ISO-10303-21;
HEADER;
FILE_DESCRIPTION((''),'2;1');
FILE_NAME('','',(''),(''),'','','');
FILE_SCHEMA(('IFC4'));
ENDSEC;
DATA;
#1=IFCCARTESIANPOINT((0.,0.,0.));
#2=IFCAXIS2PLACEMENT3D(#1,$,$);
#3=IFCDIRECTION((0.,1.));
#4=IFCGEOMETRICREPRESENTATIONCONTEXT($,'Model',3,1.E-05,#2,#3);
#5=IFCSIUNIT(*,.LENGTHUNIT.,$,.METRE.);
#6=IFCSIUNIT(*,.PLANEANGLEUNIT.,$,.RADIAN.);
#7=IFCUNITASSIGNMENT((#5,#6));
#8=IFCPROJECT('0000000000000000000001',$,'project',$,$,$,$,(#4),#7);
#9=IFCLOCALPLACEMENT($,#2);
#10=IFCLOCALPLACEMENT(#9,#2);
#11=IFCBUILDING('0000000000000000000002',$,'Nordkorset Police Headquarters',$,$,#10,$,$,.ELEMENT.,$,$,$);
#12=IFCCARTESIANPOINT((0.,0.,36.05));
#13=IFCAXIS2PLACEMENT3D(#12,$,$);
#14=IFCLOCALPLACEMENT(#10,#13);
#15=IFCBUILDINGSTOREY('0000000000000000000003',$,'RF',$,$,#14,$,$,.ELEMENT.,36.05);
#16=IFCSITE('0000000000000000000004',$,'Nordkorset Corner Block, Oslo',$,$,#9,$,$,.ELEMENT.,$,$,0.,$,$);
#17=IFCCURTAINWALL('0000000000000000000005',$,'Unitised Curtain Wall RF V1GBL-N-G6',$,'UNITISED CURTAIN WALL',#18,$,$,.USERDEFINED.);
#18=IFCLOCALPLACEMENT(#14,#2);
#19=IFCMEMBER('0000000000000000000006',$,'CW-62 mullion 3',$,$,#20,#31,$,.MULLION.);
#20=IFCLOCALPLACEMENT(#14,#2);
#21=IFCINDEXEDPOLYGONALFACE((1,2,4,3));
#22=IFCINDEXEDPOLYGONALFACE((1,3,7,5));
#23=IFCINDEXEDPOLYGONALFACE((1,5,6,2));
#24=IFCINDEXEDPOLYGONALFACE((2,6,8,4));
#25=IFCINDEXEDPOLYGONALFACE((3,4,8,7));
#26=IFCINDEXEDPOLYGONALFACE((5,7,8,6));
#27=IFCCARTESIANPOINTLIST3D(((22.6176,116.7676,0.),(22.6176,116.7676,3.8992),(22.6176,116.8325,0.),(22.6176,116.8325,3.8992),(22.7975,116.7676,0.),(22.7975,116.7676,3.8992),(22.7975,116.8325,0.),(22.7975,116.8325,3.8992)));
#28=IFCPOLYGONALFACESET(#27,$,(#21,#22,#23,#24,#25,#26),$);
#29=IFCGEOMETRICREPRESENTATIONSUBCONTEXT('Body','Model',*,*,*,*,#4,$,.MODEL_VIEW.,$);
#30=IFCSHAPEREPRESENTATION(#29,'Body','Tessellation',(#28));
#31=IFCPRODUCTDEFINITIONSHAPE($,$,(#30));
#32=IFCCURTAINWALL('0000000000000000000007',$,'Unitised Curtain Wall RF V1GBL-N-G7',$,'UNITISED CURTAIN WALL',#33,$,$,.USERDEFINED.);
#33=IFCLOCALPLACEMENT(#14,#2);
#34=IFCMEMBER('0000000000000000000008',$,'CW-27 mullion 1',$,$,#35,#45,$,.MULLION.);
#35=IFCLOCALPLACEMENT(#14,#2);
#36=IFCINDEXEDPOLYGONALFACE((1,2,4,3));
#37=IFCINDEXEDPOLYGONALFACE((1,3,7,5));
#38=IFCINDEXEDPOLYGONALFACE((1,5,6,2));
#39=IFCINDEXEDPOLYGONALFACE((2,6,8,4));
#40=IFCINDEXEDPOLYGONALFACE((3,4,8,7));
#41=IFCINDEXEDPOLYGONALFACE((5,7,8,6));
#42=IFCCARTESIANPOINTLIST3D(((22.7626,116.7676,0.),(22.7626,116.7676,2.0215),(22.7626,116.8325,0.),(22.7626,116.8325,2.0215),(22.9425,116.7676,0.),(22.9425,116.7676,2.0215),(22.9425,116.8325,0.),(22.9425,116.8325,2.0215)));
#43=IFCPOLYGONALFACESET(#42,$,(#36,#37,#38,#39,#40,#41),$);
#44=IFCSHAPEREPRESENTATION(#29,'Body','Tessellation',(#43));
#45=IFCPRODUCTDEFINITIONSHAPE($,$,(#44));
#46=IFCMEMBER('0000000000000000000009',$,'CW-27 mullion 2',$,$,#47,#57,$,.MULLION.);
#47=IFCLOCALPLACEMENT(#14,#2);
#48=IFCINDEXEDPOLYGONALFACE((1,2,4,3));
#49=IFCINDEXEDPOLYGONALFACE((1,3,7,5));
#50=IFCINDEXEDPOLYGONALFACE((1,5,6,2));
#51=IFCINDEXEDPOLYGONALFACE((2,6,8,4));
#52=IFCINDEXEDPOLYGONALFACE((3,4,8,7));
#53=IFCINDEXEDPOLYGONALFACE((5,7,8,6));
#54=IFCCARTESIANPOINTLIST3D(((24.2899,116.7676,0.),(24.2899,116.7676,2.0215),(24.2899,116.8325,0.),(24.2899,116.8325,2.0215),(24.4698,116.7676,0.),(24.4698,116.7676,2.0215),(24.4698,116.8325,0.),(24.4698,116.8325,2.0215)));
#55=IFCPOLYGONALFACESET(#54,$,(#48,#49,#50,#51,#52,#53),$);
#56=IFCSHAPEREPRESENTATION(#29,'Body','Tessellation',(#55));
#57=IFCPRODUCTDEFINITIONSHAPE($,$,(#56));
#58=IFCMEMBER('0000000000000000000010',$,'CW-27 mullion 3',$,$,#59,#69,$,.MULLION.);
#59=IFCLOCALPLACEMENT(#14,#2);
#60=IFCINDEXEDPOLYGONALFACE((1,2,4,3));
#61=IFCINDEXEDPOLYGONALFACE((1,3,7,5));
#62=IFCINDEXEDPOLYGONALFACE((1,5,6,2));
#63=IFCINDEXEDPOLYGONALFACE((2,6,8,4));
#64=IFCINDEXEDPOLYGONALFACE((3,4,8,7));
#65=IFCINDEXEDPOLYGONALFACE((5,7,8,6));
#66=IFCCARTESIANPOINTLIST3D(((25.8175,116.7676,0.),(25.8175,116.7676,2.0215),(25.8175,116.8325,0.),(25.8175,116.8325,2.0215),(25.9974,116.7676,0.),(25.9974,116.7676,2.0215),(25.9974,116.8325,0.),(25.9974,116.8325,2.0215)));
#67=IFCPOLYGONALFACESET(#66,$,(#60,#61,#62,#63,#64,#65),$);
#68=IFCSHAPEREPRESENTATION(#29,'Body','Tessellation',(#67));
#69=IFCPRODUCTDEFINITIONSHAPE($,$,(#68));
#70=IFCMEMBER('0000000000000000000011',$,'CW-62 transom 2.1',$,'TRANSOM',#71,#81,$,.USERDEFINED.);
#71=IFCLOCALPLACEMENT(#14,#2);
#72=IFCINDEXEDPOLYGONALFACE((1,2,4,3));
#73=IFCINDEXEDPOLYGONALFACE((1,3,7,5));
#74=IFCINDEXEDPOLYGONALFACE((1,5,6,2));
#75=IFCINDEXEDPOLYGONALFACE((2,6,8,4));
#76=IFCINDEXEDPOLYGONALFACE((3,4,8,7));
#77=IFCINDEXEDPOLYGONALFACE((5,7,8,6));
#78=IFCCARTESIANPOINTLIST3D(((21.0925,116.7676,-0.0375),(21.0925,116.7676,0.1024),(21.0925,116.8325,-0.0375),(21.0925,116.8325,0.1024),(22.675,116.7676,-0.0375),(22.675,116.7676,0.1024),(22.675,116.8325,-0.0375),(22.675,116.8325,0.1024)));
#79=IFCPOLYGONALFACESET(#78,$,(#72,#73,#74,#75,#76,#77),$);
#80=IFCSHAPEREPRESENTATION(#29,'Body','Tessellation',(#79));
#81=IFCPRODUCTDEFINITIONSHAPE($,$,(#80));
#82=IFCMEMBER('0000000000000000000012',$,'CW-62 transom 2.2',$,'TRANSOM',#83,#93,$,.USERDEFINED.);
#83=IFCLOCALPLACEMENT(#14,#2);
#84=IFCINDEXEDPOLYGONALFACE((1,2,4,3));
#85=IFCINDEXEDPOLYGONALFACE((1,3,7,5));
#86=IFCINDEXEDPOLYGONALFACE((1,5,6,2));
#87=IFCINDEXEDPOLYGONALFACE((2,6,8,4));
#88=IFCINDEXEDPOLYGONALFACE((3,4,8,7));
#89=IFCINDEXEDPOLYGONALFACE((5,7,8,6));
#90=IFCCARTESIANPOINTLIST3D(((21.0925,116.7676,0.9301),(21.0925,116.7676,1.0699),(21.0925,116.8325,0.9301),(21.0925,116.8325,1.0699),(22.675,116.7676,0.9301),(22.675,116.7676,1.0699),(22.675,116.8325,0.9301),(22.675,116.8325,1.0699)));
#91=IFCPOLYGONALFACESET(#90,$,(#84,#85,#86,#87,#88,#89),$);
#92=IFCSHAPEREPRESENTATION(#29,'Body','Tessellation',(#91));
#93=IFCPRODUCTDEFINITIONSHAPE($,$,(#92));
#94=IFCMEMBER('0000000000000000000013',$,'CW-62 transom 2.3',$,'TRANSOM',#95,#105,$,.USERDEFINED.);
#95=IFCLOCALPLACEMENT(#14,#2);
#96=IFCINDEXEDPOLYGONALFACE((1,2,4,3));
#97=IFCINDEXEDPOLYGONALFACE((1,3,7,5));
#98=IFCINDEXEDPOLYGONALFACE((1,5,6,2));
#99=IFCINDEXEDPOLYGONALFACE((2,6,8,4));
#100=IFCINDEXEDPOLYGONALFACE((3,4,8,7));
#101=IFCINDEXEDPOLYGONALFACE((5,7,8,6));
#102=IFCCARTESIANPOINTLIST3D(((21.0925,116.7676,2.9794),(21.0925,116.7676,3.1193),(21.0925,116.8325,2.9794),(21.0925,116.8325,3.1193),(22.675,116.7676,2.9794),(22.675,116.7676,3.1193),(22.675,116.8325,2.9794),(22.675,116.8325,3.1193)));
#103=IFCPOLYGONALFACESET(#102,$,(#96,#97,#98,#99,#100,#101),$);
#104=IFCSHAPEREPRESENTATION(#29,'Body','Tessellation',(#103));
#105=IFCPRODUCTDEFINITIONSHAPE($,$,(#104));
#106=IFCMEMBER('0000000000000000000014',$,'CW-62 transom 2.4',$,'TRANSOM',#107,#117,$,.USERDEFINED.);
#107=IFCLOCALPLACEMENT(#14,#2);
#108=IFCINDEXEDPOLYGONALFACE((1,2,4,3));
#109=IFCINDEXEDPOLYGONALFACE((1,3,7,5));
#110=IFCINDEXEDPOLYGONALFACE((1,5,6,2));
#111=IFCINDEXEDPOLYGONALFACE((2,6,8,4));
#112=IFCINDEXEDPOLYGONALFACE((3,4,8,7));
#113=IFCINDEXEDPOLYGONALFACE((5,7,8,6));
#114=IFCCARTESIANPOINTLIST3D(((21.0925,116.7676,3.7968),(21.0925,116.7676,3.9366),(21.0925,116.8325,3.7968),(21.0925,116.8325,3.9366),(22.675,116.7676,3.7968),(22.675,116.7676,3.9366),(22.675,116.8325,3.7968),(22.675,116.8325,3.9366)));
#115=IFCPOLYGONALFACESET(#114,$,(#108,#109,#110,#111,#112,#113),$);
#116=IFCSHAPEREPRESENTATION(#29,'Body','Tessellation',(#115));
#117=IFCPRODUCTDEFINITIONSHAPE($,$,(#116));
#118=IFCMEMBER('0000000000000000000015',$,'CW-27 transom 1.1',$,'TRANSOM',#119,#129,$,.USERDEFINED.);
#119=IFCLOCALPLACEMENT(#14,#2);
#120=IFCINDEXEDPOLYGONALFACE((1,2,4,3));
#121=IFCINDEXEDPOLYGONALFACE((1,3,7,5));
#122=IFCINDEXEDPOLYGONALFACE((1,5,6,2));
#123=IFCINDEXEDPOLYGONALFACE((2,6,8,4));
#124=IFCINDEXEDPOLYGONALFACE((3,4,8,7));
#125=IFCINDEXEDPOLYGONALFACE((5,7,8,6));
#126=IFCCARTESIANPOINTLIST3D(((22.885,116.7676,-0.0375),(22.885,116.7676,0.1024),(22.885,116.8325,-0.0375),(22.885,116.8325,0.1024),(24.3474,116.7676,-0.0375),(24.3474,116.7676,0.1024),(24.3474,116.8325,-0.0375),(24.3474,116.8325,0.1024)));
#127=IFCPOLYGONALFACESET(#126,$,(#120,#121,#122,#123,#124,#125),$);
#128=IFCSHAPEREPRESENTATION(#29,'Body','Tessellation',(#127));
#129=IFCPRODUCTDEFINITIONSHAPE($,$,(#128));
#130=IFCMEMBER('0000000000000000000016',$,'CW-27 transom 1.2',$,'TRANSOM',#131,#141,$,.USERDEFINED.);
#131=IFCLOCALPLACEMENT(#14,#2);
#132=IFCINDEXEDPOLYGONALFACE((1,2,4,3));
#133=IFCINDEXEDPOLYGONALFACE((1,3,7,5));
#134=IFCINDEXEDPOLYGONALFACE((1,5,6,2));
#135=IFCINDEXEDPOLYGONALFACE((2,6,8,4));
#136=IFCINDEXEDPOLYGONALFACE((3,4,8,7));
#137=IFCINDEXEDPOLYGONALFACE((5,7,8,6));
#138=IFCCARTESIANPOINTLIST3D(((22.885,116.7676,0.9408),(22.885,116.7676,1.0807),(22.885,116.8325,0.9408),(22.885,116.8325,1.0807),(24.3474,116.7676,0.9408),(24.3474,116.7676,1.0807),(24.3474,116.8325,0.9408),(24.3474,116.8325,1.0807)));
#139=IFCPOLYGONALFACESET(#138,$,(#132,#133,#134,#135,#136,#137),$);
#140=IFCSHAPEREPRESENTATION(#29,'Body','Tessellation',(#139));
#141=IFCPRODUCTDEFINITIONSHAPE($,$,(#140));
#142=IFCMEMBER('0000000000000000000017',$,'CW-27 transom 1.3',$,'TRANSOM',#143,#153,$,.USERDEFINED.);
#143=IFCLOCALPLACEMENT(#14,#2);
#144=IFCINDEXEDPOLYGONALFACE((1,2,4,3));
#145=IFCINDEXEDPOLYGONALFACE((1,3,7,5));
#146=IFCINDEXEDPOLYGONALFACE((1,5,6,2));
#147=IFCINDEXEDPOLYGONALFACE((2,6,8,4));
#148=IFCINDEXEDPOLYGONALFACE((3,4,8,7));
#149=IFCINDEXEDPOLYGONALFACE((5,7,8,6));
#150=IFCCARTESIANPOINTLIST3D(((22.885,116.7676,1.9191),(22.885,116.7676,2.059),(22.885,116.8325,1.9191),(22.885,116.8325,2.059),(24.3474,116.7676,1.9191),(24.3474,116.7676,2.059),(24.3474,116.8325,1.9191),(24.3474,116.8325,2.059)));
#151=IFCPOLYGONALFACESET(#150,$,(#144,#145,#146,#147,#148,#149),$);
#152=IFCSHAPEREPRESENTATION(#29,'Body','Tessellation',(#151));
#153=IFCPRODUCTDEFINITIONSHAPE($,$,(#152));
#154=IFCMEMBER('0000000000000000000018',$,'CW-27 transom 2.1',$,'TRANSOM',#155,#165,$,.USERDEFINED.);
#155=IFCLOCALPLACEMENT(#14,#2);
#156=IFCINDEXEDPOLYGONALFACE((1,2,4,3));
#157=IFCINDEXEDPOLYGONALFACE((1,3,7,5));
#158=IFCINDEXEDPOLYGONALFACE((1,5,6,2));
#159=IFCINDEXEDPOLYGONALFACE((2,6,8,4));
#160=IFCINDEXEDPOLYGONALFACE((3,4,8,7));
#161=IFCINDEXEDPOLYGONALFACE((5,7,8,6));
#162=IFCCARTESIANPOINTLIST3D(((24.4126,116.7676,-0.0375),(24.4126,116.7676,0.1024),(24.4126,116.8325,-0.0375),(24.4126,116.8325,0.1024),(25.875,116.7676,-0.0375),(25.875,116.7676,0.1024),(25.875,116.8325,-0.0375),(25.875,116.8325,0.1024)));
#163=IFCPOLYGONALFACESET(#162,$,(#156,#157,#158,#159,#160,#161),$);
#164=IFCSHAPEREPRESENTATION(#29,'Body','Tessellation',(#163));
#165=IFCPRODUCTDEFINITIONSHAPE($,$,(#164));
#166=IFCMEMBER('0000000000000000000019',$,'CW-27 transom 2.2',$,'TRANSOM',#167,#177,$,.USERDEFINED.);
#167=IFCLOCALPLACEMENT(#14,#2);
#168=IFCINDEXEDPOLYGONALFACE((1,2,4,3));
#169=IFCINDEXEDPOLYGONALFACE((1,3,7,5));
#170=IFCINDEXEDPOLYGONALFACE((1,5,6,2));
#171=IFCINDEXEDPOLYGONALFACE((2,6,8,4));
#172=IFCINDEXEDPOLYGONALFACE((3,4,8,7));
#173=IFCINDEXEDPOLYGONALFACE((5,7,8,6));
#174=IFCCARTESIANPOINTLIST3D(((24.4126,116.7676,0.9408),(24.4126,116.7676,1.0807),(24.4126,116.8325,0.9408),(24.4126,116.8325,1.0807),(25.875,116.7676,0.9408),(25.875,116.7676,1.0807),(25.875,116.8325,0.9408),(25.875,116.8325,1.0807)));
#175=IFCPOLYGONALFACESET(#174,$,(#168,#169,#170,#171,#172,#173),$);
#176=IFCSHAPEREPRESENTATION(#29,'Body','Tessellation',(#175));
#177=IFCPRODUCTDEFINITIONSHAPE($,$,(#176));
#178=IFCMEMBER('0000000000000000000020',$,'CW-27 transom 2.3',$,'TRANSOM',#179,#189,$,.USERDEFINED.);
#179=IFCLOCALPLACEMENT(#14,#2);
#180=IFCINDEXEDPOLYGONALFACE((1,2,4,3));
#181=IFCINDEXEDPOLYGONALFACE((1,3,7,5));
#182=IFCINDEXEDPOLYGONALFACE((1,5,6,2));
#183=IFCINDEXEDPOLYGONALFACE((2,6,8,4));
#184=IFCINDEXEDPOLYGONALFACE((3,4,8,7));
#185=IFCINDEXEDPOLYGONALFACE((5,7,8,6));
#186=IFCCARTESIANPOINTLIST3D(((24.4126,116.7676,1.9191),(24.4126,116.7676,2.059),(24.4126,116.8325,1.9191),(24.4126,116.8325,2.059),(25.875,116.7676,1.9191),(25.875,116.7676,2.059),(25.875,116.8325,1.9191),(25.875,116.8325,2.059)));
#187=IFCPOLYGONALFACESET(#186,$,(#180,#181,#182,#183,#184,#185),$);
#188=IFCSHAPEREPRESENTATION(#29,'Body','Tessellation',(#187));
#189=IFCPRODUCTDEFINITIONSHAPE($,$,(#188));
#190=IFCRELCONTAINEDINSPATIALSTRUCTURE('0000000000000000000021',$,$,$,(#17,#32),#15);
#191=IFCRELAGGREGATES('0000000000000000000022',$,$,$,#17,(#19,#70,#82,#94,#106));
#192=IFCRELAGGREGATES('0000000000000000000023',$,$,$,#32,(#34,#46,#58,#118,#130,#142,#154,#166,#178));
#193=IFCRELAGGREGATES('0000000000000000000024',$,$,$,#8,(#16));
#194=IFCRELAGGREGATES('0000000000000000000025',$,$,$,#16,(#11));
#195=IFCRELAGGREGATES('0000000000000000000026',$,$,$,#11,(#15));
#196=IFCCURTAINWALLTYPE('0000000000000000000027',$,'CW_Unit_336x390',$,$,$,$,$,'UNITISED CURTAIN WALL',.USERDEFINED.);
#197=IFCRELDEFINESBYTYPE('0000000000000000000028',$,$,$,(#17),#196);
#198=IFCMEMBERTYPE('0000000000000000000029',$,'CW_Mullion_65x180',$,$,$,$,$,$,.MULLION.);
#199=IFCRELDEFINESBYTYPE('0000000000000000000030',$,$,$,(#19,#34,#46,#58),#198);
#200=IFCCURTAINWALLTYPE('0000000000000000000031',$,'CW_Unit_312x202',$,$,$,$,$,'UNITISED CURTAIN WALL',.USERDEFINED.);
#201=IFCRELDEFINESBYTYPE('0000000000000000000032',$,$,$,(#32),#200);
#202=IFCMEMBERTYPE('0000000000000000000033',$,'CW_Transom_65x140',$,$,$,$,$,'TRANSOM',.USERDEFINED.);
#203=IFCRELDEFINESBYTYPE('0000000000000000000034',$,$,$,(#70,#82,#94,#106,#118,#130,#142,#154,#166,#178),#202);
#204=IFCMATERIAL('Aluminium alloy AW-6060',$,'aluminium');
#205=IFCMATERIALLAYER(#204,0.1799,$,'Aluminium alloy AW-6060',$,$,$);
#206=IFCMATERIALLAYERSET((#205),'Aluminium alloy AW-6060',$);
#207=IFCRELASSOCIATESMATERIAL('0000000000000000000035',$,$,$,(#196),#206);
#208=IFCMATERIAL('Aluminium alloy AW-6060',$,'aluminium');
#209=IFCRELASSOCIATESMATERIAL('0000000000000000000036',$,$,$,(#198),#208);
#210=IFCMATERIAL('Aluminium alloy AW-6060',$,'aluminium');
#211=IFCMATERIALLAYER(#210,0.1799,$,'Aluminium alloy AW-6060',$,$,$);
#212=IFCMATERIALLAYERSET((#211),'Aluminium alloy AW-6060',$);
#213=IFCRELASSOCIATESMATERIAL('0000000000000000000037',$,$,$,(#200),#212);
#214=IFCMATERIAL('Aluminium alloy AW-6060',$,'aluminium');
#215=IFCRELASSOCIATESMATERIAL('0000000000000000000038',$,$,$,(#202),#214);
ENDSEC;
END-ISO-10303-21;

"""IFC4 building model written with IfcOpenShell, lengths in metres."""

from ifc_helpers import new_model, si_unit, direction, frame, origin, origin_2d, place, context, subcontext, project, spatial, rectangle, extrude, material, layer, layer_set, material_profile, profile_set, type_object, element, aggregate, save


model = new_model("IFC4")

# Units and contexts
model_context = context("Model", 3, precision=1e-05, world=origin(), true_north=direction((0.0, 1.0)))
body_context = subcontext(model_context, "Body", "Model", "MODEL_VIEW")
ifc_project = project(units=[si_unit("LENGTHUNIT", "METRE"), si_unit("PLANEANGLEUNIT", "RADIAN")], contexts=[model_context])

# Site, building, storey
site_placement = place(None, origin())
site = spatial("IfcSite", under=ifc_project, at=site_placement, Name="Nordkorset Corner Block, Oslo", CompositionType="ELEMENT", RefElevation=0.0)
building_placement = place(site_placement, origin())
building = spatial("IfcBuilding", under=site, at=building_placement, Name="Nordkorset Police Headquarters", CompositionType="ELEMENT")
storey_placement = place(building_placement, frame((0.0, 0.0, 36.05)))
storey = spatial("IfcBuildingStorey", under=building, at=storey_placement, Name="RF", CompositionType="ELEMENT", Elevation=36.05)

# Curtain wall, member
ifc_material_1 = material(Name="Aluminium alloy AW-6060", Category="aluminium")
ifc_layer_1 = layer(ifc_material_1, 0.1799, Name="Aluminium alloy AW-6060")
ifc_layer_set_1 = layer_set([ifc_layer_1], Name="Aluminium alloy AW-6060")
curtain_wall_type_1 = type_object("IfcCurtainWallType", Name="CW_Unit_336x390", ElementType="UNITISED CURTAIN WALL", PredefinedType="USERDEFINED", material=ifc_layer_set_1)
curtain_wall_1_placement = place(storey_placement, origin())
curtain_wall_1 = element("IfcCurtainWall", 1, at=curtain_wall_1_placement, inside=storey, type_object=curtain_wall_type_1, Name="Unitised Curtain Wall RF V1GBL-N-G6", ObjectType="UNITISED CURTAIN WALL", PredefinedType="USERDEFINED")
ifc_material_2 = material(Name="Aluminium alloy AW-6060", Category="aluminium")
ifc_material_profile_1 = material_profile(ifc_material_2, rectangle(XDim=0.0649, YDim=0.1799, at=origin_2d()), Name="ALU MULL 65x180")
ifc_profile_set_1 = profile_set([ifc_material_profile_1], Name="Aluminium alloy AW-6060")
member_type_1 = type_object("IfcMemberType", Name="CW_Mullion_65x180", PredefinedType="MULLION", material=ifc_profile_set_1)
member_1_placement = place(storey_placement, frame((22.7075, 116.8, 0.0), z_axis=(0.0, 0.0, 1.0), x_axis=(0.0, 1.0, 0.0)))
member_1 = element("IfcMember", 2, at=member_1_placement, type_object=member_type_1, Name="CW-62 mullion 3", PredefinedType="MULLION", context=body_context, shape_type="SweptSolid", body=[
    extrude(rectangle(XDim=0.0649, YDim=0.1799, at=origin_2d()), origin(), (0.0, 0.0, 1.0), 3.8992),
])

# Curtain wall, members
ifc_material_3 = material(Name="Aluminium alloy AW-6060", Category="aluminium")
ifc_layer_2 = layer(ifc_material_3, 0.1799, Name="Aluminium alloy AW-6060")
ifc_layer_set_2 = layer_set([ifc_layer_2], Name="Aluminium alloy AW-6060")
curtain_wall_type_2 = type_object("IfcCurtainWallType", Name="CW_Unit_312x202", ElementType="UNITISED CURTAIN WALL", PredefinedType="USERDEFINED", material=ifc_layer_set_2)
curtain_wall_2_placement = place(storey_placement, origin())
curtain_wall_2 = element("IfcCurtainWall", 3, at=curtain_wall_2_placement, inside=storey, type_object=curtain_wall_type_2, Name="Unitised Curtain Wall RF V1GBL-N-G7", ObjectType="UNITISED CURTAIN WALL", PredefinedType="USERDEFINED")
member_2_placement = place(storey_placement, frame((22.8525, 116.8, 0.0), z_axis=(0.0, 0.0, 1.0), x_axis=(0.0, 1.0, 0.0)))
member_2 = element("IfcMember", 4, at=member_2_placement, type_object=member_type_1, Name="CW-27 mullion 1", PredefinedType="MULLION", context=body_context, shape_type="SweptSolid", body=[
    extrude(rectangle(XDim=0.0649, YDim=0.1799, at=origin_2d()), origin(), (0.0, 0.0, 1.0), 2.0215),
])
member_3_placement = place(storey_placement, frame((24.3799, 116.8, 0.0), z_axis=(0.0, 0.0, 1.0), x_axis=(0.0, 1.0, 0.0)))
member_3 = element("IfcMember", 5, at=member_3_placement, type_object=member_type_1, Name="CW-27 mullion 2", PredefinedType="MULLION", context=body_context, shape_type="SweptSolid", body=[
    extrude(rectangle(XDim=0.0649, YDim=0.1799, at=origin_2d()), origin(), (0.0, 0.0, 1.0), 2.0215),
])
member_4_placement = place(storey_placement, frame((25.9075, 116.8, 0.0), z_axis=(0.0, 0.0, 1.0), x_axis=(0.0, 1.0, 0.0)))
member_4 = element("IfcMember", 6, at=member_4_placement, type_object=member_type_1, Name="CW-27 mullion 3", PredefinedType="MULLION", context=body_context, shape_type="SweptSolid", body=[
    extrude(rectangle(XDim=0.0649, YDim=0.1799, at=origin_2d()), origin(), (0.0, 0.0, 1.0), 2.0215),
])

# Members
ifc_material_4 = material(Name="Aluminium alloy AW-6060", Category="aluminium")
ifc_material_profile_2 = material_profile(ifc_material_4, rectangle(XDim=0.0649, YDim=0.1399, at=origin_2d()), Name="ALU TRAN 65x140")
ifc_profile_set_2 = profile_set([ifc_material_profile_2], Name="Aluminium alloy AW-6060")
member_type_2 = type_object("IfcMemberType", Name="CW_Transom_65x140", ElementType="TRANSOM", PredefinedType="USERDEFINED", material=ifc_profile_set_2)
member_5_placement = place(storey_placement, frame((21.0925, 116.8, 0.0325), z_axis=(1.0, 0.0, 0.0), x_axis=(0.0, 1.0, 0.0)))
member_5 = element("IfcMember", 7, at=member_5_placement, type_object=member_type_2, Name="CW-62 transom 2.1", ObjectType="TRANSOM", PredefinedType="USERDEFINED", context=body_context, shape_type="SweptSolid", body=[
    extrude(rectangle(XDim=0.0649, YDim=0.1399, at=origin_2d()), origin(), (0.0, 0.0, 1.0), 1.5825),
])
member_6_placement = place(storey_placement, frame((21.0925, 116.8, 1.0), z_axis=(1.0, 0.0, 0.0), x_axis=(0.0, 1.0, 0.0)))
member_6 = element("IfcMember", 8, at=member_6_placement, type_object=member_type_2, Name="CW-62 transom 2.2", ObjectType="TRANSOM", PredefinedType="USERDEFINED", context=body_context, shape_type="SweptSolid", body=[
    extrude(rectangle(XDim=0.0649, YDim=0.1399, at=origin_2d()), origin(), (0.0, 0.0, 1.0), 1.5825),
])
member_7_placement = place(storey_placement, frame((21.0925, 116.8, 3.0493), z_axis=(1.0, 0.0, 0.0), x_axis=(0.0, 1.0, 0.0)))
member_7 = element("IfcMember", 9, at=member_7_placement, type_object=member_type_2, Name="CW-62 transom 2.3", ObjectType="TRANSOM", PredefinedType="USERDEFINED", context=body_context, shape_type="SweptSolid", body=[
    extrude(rectangle(XDim=0.0649, YDim=0.1399, at=origin_2d()), origin(), (0.0, 0.0, 1.0), 1.5825),
])
member_8_placement = place(storey_placement, frame((21.0925, 116.8, 3.8667), z_axis=(1.0, 0.0, 0.0), x_axis=(0.0, 1.0, 0.0)))
member_8 = element("IfcMember", 10, at=member_8_placement, type_object=member_type_2, Name="CW-62 transom 2.4", ObjectType="TRANSOM", PredefinedType="USERDEFINED", context=body_context, shape_type="SweptSolid", body=[
    extrude(rectangle(XDim=0.0649, YDim=0.1399, at=origin_2d()), origin(), (0.0, 0.0, 1.0), 1.5825),
])
member_9_placement = place(storey_placement, frame((22.885, 116.8, 0.0325), z_axis=(1.0, 0.0, 0.0), x_axis=(0.0, 1.0, 0.0)))
member_9 = element("IfcMember", 11, at=member_9_placement, type_object=member_type_2, Name="CW-27 transom 1.1", ObjectType="TRANSOM", PredefinedType="USERDEFINED", context=body_context, shape_type="SweptSolid", body=[
    extrude(rectangle(XDim=0.0649, YDim=0.1399, at=origin_2d()), origin(), (0.0, 0.0, 1.0), 1.4624),
])
member_10_placement = place(storey_placement, frame((22.885, 116.8, 1.0107), z_axis=(1.0, 0.0, 0.0), x_axis=(0.0, 1.0, 0.0)))
member_10 = element("IfcMember", 12, at=member_10_placement, type_object=member_type_2, Name="CW-27 transom 1.2", ObjectType="TRANSOM", PredefinedType="USERDEFINED", context=body_context, shape_type="SweptSolid", body=[
    extrude(rectangle(XDim=0.0649, YDim=0.1399, at=origin_2d()), origin(), (0.0, 0.0, 1.0), 1.4624),
])
member_11_placement = place(storey_placement, frame((22.885, 116.8, 1.989), z_axis=(1.0, 0.0, 0.0), x_axis=(0.0, 1.0, 0.0)))
member_11 = element("IfcMember", 13, at=member_11_placement, type_object=member_type_2, Name="CW-27 transom 1.3", ObjectType="TRANSOM", PredefinedType="USERDEFINED", context=body_context, shape_type="SweptSolid", body=[
    extrude(rectangle(XDim=0.0649, YDim=0.1399, at=origin_2d()), origin(), (0.0, 0.0, 1.0), 1.4624),
])
member_12_placement = place(storey_placement, frame((24.4126, 116.8, 0.0325), z_axis=(1.0, 0.0, 0.0), x_axis=(0.0, 1.0, 0.0)))
member_12 = element("IfcMember", 14, at=member_12_placement, type_object=member_type_2, Name="CW-27 transom 2.1", ObjectType="TRANSOM", PredefinedType="USERDEFINED", context=body_context, shape_type="SweptSolid", body=[
    extrude(rectangle(XDim=0.0649, YDim=0.1399, at=origin_2d()), origin(), (0.0, 0.0, 1.0), 1.4624),
])
member_13_placement = place(storey_placement, frame((24.4126, 116.8, 1.0107), z_axis=(1.0, 0.0, 0.0), x_axis=(0.0, 1.0, 0.0)))
member_13 = element("IfcMember", 15, at=member_13_placement, type_object=member_type_2, Name="CW-27 transom 2.2", ObjectType="TRANSOM", PredefinedType="USERDEFINED", context=body_context, shape_type="SweptSolid", body=[
    extrude(rectangle(XDim=0.0649, YDim=0.1399, at=origin_2d()), origin(), (0.0, 0.0, 1.0), 1.4624),
])
member_14_placement = place(storey_placement, frame((24.4126, 116.8, 1.989), z_axis=(1.0, 0.0, 0.0), x_axis=(0.0, 1.0, 0.0)))
member_14 = element("IfcMember", 16, at=member_14_placement, type_object=member_type_2, Name="CW-27 transom 2.3", ObjectType="TRANSOM", PredefinedType="USERDEFINED", context=body_context, shape_type="SweptSolid", body=[
    extrude(rectangle(XDim=0.0649, YDim=0.1399, at=origin_2d()), origin(), (0.0, 0.0, 1.0), 1.4624),
])

aggregate(curtain_wall_1, [member_1, member_5, member_6, member_7, member_8])
aggregate(curtain_wall_2, [member_2, member_3, member_4, member_9, member_10, member_11, member_12, member_13, member_14])

save(model, "model.ifc")
